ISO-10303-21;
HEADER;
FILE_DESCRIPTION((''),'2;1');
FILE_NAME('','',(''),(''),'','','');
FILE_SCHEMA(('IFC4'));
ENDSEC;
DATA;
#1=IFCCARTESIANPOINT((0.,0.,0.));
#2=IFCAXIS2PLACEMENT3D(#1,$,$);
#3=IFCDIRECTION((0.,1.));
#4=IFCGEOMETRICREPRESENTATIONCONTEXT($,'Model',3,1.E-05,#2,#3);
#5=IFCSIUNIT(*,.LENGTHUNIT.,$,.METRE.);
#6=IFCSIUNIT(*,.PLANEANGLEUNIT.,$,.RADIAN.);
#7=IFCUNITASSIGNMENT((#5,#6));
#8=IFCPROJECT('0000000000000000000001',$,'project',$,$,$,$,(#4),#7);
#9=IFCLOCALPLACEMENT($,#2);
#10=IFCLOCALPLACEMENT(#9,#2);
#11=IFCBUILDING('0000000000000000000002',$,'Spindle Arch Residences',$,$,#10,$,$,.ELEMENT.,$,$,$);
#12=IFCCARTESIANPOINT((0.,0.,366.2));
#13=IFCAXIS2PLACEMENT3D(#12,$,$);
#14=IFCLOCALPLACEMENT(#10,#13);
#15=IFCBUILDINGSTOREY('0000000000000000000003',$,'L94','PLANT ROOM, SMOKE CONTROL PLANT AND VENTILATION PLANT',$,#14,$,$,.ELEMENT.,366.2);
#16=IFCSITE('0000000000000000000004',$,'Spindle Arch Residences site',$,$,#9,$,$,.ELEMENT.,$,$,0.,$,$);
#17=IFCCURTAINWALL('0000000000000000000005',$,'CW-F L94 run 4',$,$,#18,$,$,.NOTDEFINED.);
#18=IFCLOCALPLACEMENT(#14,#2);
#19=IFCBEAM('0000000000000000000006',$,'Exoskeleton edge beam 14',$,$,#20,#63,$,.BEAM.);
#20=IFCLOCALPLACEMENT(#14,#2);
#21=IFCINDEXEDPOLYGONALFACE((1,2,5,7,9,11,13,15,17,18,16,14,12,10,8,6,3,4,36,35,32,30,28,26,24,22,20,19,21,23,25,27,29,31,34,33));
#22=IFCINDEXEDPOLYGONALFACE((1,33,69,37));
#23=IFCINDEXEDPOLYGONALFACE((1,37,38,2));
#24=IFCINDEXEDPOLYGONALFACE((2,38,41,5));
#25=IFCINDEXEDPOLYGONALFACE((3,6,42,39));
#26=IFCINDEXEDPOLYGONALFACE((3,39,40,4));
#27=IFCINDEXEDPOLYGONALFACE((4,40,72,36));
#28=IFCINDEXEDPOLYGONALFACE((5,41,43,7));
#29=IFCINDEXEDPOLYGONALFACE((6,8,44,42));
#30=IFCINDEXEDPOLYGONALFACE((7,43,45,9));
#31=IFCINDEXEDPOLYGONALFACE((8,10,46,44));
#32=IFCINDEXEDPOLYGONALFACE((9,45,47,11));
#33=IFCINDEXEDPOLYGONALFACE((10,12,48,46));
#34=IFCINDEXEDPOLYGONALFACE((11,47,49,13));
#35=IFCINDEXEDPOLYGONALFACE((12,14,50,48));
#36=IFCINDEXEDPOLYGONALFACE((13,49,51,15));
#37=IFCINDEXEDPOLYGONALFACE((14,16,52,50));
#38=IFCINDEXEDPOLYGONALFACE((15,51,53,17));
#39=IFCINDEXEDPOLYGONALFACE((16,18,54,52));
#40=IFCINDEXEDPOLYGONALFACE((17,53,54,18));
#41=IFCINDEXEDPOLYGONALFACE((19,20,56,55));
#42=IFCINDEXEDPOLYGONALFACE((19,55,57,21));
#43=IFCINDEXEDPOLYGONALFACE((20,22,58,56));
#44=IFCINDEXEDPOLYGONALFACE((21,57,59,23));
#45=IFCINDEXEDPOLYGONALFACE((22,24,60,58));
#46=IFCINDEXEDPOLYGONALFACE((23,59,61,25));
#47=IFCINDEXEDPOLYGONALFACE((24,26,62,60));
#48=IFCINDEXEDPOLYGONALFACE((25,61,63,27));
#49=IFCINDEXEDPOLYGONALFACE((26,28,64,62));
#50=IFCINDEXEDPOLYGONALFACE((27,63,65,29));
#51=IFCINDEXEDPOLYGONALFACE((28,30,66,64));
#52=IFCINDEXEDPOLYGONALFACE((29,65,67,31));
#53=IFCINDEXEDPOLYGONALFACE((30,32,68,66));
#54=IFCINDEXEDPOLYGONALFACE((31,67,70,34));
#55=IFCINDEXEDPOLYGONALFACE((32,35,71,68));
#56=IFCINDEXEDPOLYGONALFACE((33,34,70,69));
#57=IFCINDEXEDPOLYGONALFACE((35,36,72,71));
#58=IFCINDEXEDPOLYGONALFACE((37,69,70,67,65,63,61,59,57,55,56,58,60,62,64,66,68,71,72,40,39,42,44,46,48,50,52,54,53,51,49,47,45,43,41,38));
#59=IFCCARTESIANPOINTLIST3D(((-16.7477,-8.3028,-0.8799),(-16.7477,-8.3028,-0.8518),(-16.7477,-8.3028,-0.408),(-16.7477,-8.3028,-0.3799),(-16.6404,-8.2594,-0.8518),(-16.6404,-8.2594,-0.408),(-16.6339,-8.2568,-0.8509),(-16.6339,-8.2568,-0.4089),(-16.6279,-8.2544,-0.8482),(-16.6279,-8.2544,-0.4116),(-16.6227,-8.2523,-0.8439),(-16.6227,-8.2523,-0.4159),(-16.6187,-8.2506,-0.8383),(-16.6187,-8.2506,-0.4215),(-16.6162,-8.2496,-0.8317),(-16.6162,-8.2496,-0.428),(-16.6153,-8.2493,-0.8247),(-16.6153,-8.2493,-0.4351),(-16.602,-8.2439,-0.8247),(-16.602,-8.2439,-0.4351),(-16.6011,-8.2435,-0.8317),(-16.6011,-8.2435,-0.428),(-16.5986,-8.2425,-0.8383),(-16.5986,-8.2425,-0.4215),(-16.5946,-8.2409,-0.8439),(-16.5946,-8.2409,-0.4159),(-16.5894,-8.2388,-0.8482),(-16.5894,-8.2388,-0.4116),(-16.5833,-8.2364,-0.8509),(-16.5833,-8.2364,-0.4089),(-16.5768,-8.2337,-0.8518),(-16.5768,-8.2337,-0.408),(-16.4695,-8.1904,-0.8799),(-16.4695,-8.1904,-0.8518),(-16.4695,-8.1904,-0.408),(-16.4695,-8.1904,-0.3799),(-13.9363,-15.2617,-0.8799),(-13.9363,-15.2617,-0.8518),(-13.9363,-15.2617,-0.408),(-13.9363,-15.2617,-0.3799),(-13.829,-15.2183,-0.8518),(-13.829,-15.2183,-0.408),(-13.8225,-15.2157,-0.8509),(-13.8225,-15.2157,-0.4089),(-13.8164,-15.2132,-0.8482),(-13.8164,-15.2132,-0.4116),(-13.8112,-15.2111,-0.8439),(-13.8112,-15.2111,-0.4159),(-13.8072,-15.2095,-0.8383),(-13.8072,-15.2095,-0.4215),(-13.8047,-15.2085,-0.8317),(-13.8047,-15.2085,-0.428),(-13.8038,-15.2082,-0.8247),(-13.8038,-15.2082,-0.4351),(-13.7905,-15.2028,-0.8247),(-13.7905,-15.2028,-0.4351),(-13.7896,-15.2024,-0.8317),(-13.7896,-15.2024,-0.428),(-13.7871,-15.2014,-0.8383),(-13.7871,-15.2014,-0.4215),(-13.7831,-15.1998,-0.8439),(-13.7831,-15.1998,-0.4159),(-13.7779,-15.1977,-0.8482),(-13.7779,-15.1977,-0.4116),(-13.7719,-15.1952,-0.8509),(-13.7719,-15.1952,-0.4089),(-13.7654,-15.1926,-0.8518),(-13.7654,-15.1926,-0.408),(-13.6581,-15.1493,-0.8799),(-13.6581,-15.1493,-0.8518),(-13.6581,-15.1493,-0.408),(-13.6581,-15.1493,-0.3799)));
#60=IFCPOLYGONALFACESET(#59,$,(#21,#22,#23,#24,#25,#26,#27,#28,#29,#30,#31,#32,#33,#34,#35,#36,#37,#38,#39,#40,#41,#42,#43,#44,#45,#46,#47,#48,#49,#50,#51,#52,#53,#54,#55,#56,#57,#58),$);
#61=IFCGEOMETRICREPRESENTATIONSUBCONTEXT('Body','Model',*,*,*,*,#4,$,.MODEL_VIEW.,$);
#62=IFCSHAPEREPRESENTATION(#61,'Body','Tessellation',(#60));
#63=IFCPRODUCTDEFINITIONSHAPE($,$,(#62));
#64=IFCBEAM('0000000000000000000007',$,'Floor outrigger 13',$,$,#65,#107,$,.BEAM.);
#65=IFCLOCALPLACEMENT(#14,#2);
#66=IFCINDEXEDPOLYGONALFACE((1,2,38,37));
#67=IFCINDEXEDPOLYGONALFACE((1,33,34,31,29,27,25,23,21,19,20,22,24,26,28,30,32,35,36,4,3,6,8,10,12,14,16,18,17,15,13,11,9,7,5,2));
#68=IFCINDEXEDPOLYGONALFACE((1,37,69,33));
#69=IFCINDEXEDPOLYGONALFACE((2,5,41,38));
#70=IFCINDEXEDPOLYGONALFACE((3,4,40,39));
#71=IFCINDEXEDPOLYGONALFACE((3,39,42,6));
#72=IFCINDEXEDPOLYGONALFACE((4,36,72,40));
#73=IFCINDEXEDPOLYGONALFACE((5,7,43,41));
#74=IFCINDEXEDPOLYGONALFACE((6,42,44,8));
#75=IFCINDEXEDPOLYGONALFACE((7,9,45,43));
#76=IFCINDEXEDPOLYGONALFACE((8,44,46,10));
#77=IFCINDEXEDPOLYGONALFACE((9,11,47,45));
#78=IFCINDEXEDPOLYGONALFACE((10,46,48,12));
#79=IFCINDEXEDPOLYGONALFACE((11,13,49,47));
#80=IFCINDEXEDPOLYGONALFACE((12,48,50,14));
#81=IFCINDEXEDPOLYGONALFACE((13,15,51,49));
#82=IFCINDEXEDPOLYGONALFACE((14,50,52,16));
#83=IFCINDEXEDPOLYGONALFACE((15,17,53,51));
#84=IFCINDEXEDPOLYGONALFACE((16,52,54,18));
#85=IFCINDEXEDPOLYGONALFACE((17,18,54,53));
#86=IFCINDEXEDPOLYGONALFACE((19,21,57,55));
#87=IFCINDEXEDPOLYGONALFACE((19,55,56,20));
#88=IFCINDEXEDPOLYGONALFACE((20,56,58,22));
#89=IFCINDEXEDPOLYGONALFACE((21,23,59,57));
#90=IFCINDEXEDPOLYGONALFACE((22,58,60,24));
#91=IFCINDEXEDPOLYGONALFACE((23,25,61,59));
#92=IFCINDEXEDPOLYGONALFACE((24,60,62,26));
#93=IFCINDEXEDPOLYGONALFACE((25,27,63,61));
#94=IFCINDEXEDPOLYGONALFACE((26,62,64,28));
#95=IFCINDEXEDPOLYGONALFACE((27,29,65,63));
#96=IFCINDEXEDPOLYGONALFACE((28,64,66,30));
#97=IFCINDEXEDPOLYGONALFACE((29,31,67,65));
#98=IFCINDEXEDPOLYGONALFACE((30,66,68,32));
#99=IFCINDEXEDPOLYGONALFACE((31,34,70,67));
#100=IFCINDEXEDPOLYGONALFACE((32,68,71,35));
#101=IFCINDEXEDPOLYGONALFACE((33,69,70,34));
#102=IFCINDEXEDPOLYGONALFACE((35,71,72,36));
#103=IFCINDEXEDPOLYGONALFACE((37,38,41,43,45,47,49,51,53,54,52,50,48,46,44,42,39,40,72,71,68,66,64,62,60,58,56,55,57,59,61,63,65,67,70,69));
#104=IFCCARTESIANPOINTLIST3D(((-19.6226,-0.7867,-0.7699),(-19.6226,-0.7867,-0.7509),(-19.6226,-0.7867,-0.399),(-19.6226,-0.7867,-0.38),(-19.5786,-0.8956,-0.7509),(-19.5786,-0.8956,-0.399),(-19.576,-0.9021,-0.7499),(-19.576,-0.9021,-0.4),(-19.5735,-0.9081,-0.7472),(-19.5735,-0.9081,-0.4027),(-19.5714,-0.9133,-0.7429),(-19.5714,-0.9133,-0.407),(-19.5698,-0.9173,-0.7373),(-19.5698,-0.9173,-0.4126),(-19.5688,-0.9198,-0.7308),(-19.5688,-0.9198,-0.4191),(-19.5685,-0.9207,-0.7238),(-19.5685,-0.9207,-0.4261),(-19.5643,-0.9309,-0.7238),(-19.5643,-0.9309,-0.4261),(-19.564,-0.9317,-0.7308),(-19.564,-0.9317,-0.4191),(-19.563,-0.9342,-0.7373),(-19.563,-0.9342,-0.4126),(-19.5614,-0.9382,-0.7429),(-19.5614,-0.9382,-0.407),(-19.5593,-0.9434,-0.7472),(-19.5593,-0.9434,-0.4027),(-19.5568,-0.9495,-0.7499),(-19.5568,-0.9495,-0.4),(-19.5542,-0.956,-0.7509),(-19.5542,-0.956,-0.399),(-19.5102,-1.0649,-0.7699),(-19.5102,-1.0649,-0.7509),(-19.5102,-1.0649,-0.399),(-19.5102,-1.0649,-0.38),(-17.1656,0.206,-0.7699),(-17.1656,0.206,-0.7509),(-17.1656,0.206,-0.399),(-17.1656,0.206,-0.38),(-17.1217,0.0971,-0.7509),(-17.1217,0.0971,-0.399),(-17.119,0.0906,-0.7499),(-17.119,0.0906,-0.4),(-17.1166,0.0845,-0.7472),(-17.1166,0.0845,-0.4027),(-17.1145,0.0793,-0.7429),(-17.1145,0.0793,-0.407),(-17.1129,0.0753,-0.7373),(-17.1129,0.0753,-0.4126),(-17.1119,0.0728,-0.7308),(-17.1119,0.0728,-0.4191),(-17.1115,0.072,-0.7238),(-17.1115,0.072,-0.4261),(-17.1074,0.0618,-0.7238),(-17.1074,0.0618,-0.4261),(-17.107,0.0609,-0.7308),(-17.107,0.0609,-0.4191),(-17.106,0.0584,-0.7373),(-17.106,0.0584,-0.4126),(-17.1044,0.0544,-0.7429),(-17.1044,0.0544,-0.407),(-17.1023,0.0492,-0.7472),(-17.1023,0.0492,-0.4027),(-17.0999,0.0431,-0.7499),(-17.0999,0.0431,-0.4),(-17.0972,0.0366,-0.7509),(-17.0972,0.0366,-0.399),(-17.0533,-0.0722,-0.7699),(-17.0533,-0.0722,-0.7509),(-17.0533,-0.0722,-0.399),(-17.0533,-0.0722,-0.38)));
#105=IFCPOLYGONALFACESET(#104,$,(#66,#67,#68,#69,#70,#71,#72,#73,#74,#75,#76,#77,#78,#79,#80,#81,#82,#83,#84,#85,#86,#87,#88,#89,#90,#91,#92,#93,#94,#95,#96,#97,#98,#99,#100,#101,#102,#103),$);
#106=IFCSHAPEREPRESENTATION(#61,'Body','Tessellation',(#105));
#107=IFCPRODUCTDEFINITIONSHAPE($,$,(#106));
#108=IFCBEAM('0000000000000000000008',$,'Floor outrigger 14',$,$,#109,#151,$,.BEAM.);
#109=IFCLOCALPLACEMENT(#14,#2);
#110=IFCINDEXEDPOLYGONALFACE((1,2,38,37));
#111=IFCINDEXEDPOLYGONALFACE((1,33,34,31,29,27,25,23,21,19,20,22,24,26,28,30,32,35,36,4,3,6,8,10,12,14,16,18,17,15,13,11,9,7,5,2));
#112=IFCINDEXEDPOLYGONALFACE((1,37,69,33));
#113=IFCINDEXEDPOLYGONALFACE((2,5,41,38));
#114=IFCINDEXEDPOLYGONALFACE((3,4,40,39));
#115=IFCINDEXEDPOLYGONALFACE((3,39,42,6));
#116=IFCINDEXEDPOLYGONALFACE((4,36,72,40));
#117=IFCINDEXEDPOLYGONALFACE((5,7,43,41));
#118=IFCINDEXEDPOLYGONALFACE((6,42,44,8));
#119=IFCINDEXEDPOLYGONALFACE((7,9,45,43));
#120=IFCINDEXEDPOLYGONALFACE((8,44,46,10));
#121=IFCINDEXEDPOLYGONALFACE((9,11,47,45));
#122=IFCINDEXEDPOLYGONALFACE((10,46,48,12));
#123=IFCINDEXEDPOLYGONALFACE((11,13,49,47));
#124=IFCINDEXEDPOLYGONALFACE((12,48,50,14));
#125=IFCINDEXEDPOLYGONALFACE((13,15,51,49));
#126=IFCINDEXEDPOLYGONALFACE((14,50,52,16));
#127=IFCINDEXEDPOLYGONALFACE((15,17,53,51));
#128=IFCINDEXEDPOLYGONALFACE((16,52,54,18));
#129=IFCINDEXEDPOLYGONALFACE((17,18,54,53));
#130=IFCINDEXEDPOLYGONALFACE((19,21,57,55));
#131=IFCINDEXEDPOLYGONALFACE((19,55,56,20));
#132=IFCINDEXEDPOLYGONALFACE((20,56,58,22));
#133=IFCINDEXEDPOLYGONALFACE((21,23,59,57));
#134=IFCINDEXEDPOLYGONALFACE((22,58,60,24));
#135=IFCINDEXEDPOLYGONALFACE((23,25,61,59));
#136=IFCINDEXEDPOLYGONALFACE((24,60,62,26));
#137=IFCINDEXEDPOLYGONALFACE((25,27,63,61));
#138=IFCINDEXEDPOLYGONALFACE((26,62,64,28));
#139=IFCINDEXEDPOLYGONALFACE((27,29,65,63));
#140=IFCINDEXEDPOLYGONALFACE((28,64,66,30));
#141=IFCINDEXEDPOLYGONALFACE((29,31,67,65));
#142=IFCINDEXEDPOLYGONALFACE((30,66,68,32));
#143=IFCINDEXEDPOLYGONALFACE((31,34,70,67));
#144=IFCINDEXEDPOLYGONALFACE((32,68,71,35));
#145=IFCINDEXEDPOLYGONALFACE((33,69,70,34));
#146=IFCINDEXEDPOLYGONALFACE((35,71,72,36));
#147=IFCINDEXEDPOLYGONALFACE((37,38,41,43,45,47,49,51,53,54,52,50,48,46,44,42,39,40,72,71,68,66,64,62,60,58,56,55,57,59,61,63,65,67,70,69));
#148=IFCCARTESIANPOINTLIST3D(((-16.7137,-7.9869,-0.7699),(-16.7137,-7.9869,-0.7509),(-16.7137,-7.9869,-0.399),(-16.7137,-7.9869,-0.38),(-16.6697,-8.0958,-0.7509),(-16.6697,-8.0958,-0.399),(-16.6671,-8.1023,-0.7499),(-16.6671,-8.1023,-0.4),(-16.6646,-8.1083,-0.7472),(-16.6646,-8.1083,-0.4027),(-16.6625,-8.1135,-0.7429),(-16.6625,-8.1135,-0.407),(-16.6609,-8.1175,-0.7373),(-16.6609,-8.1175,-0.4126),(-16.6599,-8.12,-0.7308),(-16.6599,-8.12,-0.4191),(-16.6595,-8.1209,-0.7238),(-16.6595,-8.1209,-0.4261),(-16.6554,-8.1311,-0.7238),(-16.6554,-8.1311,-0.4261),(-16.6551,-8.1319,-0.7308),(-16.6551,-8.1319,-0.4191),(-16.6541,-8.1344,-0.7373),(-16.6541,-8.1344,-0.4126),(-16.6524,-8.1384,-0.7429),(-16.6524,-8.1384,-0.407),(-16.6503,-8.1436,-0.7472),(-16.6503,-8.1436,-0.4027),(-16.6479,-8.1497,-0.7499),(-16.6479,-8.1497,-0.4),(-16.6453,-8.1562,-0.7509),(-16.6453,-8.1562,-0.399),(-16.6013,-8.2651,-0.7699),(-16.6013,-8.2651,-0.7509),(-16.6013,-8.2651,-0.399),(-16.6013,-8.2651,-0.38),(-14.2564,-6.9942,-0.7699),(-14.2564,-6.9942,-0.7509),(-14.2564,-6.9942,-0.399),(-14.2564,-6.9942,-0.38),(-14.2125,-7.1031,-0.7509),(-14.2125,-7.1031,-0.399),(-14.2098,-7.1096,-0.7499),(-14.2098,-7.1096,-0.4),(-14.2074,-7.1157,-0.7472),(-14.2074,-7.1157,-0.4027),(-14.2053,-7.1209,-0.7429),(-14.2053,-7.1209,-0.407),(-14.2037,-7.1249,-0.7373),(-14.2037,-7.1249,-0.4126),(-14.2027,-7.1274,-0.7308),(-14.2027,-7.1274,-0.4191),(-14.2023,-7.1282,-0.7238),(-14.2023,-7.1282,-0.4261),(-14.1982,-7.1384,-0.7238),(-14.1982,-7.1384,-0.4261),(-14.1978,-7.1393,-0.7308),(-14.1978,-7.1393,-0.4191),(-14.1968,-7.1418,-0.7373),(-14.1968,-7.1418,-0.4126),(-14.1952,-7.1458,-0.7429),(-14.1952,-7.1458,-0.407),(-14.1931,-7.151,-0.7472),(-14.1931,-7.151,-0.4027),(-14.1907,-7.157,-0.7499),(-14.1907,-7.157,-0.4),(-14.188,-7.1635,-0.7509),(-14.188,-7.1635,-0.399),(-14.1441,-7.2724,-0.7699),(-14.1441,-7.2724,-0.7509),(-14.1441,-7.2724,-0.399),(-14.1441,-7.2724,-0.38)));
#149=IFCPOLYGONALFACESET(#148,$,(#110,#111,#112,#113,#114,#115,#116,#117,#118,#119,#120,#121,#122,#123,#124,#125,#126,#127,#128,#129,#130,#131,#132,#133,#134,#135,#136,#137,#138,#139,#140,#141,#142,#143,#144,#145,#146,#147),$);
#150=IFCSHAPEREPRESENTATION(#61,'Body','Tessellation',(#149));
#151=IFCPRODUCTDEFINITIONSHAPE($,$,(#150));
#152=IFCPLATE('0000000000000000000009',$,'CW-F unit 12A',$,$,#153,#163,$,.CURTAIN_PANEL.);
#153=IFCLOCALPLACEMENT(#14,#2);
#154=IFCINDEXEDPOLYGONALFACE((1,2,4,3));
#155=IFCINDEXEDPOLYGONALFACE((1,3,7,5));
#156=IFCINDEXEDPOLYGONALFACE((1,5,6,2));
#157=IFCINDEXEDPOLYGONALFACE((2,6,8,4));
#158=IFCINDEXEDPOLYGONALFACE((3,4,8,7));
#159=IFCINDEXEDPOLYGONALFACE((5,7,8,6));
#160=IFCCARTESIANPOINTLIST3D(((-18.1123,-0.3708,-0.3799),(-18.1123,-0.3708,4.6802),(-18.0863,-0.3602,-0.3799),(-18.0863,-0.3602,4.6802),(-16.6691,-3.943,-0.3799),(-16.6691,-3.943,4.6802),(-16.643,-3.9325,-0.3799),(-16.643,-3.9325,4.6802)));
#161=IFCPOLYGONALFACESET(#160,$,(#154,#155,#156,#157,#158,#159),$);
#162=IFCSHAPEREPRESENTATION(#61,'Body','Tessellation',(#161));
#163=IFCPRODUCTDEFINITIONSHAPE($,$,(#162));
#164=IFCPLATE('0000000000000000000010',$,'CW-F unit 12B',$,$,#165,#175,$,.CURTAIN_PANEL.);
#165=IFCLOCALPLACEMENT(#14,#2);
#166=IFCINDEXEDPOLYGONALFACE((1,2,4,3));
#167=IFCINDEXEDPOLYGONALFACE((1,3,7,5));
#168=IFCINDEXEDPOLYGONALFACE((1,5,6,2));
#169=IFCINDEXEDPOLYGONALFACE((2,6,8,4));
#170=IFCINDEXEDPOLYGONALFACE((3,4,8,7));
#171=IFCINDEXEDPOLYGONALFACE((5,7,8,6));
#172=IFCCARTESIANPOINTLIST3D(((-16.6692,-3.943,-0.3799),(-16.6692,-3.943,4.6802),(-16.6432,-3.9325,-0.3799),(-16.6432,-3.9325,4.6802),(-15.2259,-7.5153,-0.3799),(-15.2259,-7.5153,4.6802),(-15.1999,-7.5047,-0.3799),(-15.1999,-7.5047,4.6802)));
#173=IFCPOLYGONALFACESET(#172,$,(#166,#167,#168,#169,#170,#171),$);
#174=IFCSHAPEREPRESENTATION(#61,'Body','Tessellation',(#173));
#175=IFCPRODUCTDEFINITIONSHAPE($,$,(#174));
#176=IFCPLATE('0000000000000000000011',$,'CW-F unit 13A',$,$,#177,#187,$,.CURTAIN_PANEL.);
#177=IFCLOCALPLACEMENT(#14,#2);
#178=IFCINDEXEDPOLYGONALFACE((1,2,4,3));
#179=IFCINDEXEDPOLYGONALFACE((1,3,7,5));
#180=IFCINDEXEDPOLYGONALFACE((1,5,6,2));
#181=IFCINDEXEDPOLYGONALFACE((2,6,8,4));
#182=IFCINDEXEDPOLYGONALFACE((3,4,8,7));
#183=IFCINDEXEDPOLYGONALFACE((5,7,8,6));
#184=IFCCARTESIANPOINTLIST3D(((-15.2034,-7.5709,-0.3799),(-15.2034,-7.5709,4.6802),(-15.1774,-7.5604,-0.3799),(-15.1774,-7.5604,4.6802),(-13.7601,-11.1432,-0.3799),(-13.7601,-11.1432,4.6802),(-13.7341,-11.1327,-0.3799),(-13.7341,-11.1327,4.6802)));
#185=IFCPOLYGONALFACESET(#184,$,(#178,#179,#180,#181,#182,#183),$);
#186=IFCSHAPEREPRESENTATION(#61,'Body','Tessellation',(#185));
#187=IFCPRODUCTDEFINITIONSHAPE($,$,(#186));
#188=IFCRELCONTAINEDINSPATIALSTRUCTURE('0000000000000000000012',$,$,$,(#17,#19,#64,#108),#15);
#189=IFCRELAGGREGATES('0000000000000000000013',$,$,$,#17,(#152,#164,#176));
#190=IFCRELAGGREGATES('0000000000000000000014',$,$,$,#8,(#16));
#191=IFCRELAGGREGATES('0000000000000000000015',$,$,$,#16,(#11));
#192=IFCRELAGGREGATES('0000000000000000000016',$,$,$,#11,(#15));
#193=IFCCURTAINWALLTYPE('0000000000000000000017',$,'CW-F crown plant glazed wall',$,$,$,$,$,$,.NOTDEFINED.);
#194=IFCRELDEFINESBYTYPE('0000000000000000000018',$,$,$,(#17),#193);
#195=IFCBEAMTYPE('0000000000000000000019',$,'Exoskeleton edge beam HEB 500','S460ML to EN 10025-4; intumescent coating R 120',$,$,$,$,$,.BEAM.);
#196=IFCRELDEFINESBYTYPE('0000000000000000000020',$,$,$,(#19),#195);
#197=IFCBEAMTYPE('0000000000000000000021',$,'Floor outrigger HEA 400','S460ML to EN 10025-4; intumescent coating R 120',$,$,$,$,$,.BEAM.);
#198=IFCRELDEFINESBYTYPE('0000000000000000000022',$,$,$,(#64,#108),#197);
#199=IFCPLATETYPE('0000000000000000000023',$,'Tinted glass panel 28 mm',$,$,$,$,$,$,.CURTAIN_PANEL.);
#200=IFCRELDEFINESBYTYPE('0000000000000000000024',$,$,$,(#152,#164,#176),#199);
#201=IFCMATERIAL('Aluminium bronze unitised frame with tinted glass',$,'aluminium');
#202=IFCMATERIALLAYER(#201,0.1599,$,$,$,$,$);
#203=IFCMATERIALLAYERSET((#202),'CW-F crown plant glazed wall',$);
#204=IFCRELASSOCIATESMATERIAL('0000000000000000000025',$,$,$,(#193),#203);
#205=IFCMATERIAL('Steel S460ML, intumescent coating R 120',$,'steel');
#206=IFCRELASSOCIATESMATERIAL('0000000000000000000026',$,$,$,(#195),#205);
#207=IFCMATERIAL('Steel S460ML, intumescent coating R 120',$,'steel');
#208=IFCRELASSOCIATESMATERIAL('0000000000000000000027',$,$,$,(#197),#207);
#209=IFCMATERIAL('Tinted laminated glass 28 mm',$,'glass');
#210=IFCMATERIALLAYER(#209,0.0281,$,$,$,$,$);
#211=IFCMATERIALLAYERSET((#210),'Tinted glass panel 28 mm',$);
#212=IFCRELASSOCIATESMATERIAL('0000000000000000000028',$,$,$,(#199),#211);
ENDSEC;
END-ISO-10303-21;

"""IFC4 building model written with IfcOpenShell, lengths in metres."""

from ifc_helpers import new_model, si_unit, direction, frame, origin, origin_2d, place, context, subcontext, project, spatial, rectangle, i_section, extrude, material, layer, layer_set, material_profile, profile_set, type_object, element, aggregate, save


model = new_model("IFC4")

# Units and contexts
model_context = context("Model", 3, precision=1e-05, world=origin(), true_north=direction((0.0, 1.0)))
body_context = subcontext(model_context, "Body", "Model", "MODEL_VIEW")
ifc_project = project(units=[si_unit("LENGTHUNIT", "METRE"), si_unit("PLANEANGLEUNIT", "RADIAN")], contexts=[model_context])

# Site, building, storey
site_placement = place(None, origin())
site = spatial("IfcSite", under=ifc_project, at=site_placement, Name="Spindle Arch Residences site", CompositionType="ELEMENT", RefElevation=0.0)
building_placement = place(site_placement, origin())
building = spatial("IfcBuilding", under=site, at=building_placement, Name="Spindle Arch Residences", CompositionType="ELEMENT")
storey_placement = place(building_placement, frame((0.0, 0.0, 366.2)))
storey = spatial("IfcBuildingStorey", under=building, at=storey_placement, Name="L94", Description="PLANT ROOM, SMOKE CONTROL PLANT AND VENTILATION PLANT", CompositionType="ELEMENT", Elevation=366.2)

# Curtain wall
ifc_material_1 = material(Name="Aluminium bronze unitised frame with tinted glass", Category="aluminium")
ifc_layer_1 = layer(ifc_material_1, 0.1599)
ifc_layer_set_1 = layer_set([ifc_layer_1], Name="CW-F crown plant glazed wall")
curtain_wall_type = type_object("IfcCurtainWallType", Name="CW-F crown plant glazed wall", PredefinedType="NOTDEFINED", material=ifc_layer_set_1)
curtain_wall_placement = place(storey_placement, origin())
curtain_wall = element("IfcCurtainWall", 1, at=curtain_wall_placement, inside=storey, type_object=curtain_wall_type, Name="CW-F L94 run 4", PredefinedType="NOTDEFINED")

# Beams
ifc_material_2 = material(Name="Steel S460ML, intumescent coating R 120", Category="steel")
ifc_material_profile_1 = material_profile(ifc_material_2, i_section(OverallWidth=0.3, OverallDepth=0.5, WebThickness=0.0144, FlangeThickness=0.0281, FilletRadius=0.0271, at=origin_2d()), Name="HEB 500")
ifc_profile_set_1 = profile_set([ifc_material_profile_1], Name="Steel S460ML, intumescent coating R 120")
beam_type_1 = type_object("IfcBeamType", Name="Exoskeleton edge beam HEB 500", Description="S460ML to EN 10025-4; intumescent coating R 120", PredefinedType="BEAM", material=ifc_profile_set_1)
for number, where, z_axis, x_axis, name in (
    (2, (-16.6086, -8.2466, -0.6299), (0.374596, -0.927188, 0.0), (0.927188, 0.374596, 0.0), "Exoskeleton edge beam 14"),
):
    element("IfcBeam", number, at=place(storey_placement, frame(where, z_axis=z_axis, x_axis=x_axis)), inside=storey, type_object=beam_type_1, Name=name, PredefinedType="BEAM", context=body_context, shape_type="SweptSolid", body=[
        extrude(i_section(OverallWidth=0.3, OverallDepth=0.5, WebThickness=0.0144, FlangeThickness=0.0281, FilletRadius=0.0271, at=origin_2d()), origin(), (0.0, 0.0, 1.0), 7.5054),
    ])
ifc_material_3 = material(Name="Steel S460ML, intumescent coating R 120", Category="steel")
ifc_material_profile_2 = material_profile(ifc_material_3, i_section(OverallWidth=0.3, OverallDepth=0.3899, WebThickness=0.011, FlangeThickness=0.019, FilletRadius=0.0271, at=origin_2d()), Name="HEA 400")
ifc_profile_set_2 = profile_set([ifc_material_profile_2], Name="Steel S460ML, intumescent coating R 120")
beam_type_2 = type_object("IfcBeamType", Name="Floor outrigger HEA 400", Description="S460ML to EN 10025-4; intumescent coating R 120", PredefinedType="BEAM", material=ifc_profile_set_2)
beam_1_placement = place(storey_placement, frame((-19.5664, -0.9258, -0.575), z_axis=(0.927188, 0.374597, 0.0), x_axis=(-0.374597, 0.927188, 0.0)))
element("IfcBeam", 3, at=beam_1_placement, inside=storey, type_object=beam_type_2, Name="Floor outrigger 13", PredefinedType="BEAM", context=body_context, shape_type="SweptSolid", body=[
    extrude(i_section(OverallWidth=0.3, OverallDepth=0.3899, WebThickness=0.011, FlangeThickness=0.019, FilletRadius=0.0271, at=origin_2d()), origin(), (0.0, 0.0, 1.0), 2.6499),
])
beam_2_placement = place(storey_placement, frame((-16.6575, -8.126, -0.575), z_axis=(0.927201, 0.374565, 0.0), x_axis=(-0.374565, 0.927201, 0.0)))
element("IfcBeam", 4, at=beam_2_placement, inside=storey, type_object=beam_type_2, Name="Floor outrigger 14", PredefinedType="BEAM", context=body_context, shape_type="SweptSolid", body=[
    extrude(i_section(OverallWidth=0.3, OverallDepth=0.3899, WebThickness=0.011, FlangeThickness=0.019, FilletRadius=0.0271, at=origin_2d()), origin(), (0.0, 0.0, 1.0), 2.6501),
])

# Plates
ifc_material_4 = material(Name="Tinted laminated glass 28 mm", Category="glass")
ifc_layer_2 = layer(ifc_material_4, 0.0281)
ifc_layer_set_2 = layer_set([ifc_layer_2], Name="Tinted glass panel 28 mm")
plate_type = type_object("IfcPlateType", Name="Tinted glass panel 28 mm", PredefinedType="CURTAIN_PANEL", material=ifc_layer_set_2)
plate_1_placement = place(storey_placement, frame((-17.3777, -2.1516, -0.3799), z_axis=(0.0, 0.0, 1.0), x_axis=(0.374607, -0.927184, 0.0)))
plate_1 = element("IfcPlate", 5, at=plate_1_placement, type_object=plate_type, Name="CW-F unit 12A", PredefinedType="CURTAIN_PANEL", context=body_context, shape_type="SweptSolid", body=[
    extrude(rectangle(XDim=3.8528, YDim=0.0281, at=origin_2d()), origin(), (0.0, 0.0, 1.0), 5.0601),
])
plate_2_placement = place(storey_placement, frame((-15.9346, -5.7239, -0.3799), z_axis=(0.0, 0.0, 1.0), x_axis=(0.374607, -0.927184, 0.0)))
plate_2 = element("IfcPlate", 6, at=plate_2_placement, type_object=plate_type, Name="CW-F unit 12B", PredefinedType="CURTAIN_PANEL", context=body_context, shape_type="SweptSolid", body=[
    extrude(rectangle(XDim=3.8528, YDim=0.0281, at=origin_2d()), origin(), (0.0, 0.0, 1.0), 5.0601),
])
plate_3_placement = place(storey_placement, frame((-14.4688, -9.3518, -0.3799), z_axis=(0.0, 0.0, 1.0), x_axis=(0.374607, -0.927184, 0.0)))
plate_3 = element("IfcPlate", 7, at=plate_3_placement, type_object=plate_type, Name="CW-F unit 13A", PredefinedType="CURTAIN_PANEL", context=body_context, shape_type="SweptSolid", body=[
    extrude(rectangle(XDim=3.8528, YDim=0.0281, at=origin_2d()), origin(), (0.0, 0.0, 1.0), 5.0601),
])
aggregate(curtain_wall, [plate_1, plate_2, plate_3])

save(model, "model.ifc")
